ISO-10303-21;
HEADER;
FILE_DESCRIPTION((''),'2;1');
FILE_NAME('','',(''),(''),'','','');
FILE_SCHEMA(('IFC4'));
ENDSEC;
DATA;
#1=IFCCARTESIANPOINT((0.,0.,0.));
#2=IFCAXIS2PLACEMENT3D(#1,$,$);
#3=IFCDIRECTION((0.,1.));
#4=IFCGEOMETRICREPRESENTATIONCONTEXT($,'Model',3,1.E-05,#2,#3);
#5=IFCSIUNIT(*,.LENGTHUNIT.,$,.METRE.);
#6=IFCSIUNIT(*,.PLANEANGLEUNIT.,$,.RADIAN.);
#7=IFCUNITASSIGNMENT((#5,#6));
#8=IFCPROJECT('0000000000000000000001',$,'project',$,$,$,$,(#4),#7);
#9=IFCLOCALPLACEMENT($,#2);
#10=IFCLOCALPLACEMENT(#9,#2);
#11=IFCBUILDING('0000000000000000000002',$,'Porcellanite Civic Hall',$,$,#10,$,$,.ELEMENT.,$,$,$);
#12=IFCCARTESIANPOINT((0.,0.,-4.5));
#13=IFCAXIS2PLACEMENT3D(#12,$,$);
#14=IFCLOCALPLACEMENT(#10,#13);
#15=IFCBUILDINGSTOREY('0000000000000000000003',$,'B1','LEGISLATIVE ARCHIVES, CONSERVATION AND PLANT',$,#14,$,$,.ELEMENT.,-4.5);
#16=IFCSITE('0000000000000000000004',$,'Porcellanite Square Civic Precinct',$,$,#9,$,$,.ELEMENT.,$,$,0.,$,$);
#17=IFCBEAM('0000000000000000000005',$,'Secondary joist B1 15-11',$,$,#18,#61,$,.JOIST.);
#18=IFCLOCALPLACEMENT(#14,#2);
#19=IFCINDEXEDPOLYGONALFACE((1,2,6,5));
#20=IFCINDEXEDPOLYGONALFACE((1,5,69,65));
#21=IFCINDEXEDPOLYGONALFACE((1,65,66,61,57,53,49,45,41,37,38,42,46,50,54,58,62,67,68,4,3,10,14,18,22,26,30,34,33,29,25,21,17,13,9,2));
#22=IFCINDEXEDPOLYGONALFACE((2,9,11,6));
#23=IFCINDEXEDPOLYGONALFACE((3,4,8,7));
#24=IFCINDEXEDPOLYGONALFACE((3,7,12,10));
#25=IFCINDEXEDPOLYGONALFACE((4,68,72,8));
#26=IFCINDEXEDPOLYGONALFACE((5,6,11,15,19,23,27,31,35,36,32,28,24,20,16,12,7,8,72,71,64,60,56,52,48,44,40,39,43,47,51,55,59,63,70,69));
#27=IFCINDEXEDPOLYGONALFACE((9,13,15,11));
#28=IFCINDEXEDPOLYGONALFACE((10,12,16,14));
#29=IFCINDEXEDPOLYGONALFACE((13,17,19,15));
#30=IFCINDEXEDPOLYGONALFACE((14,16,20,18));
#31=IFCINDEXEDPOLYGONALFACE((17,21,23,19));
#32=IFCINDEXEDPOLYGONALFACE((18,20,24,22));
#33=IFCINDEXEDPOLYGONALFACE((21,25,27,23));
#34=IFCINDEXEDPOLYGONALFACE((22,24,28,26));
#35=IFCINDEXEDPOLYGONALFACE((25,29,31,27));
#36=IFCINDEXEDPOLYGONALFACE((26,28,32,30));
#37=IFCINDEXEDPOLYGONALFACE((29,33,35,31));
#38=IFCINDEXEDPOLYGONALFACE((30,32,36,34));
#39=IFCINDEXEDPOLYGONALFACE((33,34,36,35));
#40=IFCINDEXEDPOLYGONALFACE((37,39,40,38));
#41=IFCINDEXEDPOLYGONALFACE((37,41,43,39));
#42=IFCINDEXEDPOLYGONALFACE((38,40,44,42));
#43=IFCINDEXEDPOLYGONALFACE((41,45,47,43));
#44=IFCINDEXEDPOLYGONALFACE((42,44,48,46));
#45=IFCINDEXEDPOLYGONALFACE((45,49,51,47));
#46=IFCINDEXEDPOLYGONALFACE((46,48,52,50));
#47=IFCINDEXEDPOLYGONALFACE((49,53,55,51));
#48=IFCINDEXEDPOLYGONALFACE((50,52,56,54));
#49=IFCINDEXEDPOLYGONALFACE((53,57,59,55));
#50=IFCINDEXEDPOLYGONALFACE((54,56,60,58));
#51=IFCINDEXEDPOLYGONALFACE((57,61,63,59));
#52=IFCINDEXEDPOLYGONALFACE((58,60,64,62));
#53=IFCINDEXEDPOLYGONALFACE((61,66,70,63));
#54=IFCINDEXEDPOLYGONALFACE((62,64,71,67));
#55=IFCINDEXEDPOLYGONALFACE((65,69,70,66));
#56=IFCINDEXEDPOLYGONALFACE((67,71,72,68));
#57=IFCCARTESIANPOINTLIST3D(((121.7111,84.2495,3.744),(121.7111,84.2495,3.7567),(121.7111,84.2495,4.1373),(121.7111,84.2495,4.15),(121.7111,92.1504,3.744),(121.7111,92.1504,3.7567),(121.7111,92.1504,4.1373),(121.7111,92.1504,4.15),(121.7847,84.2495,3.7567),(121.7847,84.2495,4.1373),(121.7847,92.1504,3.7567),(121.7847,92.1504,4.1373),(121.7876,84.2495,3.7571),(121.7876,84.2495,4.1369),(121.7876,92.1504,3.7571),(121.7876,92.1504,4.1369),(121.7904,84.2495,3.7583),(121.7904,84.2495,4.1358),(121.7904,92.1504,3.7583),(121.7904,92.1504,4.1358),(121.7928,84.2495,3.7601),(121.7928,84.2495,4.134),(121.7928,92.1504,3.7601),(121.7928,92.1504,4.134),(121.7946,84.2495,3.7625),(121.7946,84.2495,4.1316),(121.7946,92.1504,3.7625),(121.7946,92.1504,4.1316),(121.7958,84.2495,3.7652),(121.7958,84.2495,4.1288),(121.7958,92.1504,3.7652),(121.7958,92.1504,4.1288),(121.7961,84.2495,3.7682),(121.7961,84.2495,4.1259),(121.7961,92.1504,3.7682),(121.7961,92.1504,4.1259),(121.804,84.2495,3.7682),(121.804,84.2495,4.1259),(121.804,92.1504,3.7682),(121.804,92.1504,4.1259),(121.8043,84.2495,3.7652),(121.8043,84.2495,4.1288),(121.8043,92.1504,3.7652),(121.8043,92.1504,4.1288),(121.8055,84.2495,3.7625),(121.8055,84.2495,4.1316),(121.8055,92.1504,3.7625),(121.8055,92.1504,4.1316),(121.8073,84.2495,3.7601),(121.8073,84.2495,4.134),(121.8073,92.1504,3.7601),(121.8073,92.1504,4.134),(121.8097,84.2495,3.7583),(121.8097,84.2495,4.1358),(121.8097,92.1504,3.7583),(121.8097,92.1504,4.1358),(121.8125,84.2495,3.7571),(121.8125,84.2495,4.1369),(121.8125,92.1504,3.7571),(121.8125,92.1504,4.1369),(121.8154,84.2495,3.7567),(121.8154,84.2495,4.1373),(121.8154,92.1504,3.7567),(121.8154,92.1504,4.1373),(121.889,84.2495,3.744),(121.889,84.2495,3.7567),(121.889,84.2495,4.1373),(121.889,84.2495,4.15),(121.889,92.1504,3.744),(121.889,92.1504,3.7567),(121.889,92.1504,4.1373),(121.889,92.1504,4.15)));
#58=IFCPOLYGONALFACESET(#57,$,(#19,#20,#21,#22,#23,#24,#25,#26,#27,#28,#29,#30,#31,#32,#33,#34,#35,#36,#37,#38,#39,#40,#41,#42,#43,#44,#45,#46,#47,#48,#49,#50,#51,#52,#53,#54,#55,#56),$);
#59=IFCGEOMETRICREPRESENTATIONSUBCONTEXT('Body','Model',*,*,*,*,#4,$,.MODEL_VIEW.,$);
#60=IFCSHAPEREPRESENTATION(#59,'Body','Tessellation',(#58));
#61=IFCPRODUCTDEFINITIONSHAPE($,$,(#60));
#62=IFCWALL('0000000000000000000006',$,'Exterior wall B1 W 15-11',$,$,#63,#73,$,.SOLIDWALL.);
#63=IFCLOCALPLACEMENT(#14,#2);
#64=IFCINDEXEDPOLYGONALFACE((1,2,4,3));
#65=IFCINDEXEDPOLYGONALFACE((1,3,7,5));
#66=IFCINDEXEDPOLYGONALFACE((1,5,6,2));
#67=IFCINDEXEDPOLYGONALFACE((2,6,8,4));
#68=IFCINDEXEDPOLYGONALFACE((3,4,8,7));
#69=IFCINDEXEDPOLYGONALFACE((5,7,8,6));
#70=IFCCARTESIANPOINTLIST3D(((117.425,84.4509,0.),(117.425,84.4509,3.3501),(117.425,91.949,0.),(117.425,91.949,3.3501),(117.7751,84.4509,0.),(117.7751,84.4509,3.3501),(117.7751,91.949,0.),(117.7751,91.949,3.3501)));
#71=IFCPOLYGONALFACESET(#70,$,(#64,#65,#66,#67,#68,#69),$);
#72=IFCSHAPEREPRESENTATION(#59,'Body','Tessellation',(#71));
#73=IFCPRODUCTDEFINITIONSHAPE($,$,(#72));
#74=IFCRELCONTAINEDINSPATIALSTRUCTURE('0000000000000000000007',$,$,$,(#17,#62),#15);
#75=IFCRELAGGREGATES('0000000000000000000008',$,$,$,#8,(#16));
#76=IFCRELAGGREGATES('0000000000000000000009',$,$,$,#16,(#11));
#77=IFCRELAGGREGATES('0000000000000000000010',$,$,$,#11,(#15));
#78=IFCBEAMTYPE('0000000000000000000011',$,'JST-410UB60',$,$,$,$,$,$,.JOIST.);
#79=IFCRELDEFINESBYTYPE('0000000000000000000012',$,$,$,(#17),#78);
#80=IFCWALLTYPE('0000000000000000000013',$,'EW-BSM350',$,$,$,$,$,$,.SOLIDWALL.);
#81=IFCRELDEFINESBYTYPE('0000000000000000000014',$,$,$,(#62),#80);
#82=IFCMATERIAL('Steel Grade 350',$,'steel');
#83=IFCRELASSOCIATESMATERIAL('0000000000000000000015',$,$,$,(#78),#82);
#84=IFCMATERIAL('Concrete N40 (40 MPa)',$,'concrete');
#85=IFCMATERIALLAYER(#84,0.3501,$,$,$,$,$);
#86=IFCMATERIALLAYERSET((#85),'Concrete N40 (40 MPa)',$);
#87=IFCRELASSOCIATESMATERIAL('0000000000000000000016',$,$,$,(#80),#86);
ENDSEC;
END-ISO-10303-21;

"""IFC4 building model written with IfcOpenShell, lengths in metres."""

from ifc_helpers import new_model, si_unit, direction, frame, frame_2d, origin, origin_2d, place, context, subcontext, project, spatial, rectangle, i_section, extrude, material, layer, layer_set, material_profile, profile_set, type_object, element, save


model = new_model("IFC4")

# Units and contexts
model_context = context("Model", 3, precision=1e-05, world=origin(), true_north=direction((0.0, 1.0)))
body_context = subcontext(model_context, "Body", "Model", "MODEL_VIEW")
ifc_project = project(units=[si_unit("LENGTHUNIT", "METRE"), si_unit("PLANEANGLEUNIT", "RADIAN")], contexts=[model_context])

# Site, building, storey
site_placement = place(None, origin())
site = spatial("IfcSite", under=ifc_project, at=site_placement, Name="Porcellanite Square Civic Precinct", CompositionType="ELEMENT", RefElevation=0.0)
building_placement = place(site_placement, origin())
building = spatial("IfcBuilding", under=site, at=building_placement, Name="Porcellanite Civic Hall", CompositionType="ELEMENT")
storey_placement = place(building_placement, frame((0.0, 0.0, -4.5)))
storey = spatial("IfcBuildingStorey", under=building, at=storey_placement, Name="B1", Description="LEGISLATIVE ARCHIVES, CONSERVATION AND PLANT", CompositionType="ELEMENT", Elevation=-4.5)

# Beam
ifc_material_1 = material(Name="Steel Grade 350", Category="steel")
ifc_material_profile_1 = material_profile(ifc_material_1, i_section(OverallWidth=0.178, OverallDepth=0.406, WebThickness=0.0078, FlangeThickness=0.0127, FilletRadius=0.0115, at=origin_2d()), Name="410UB59.7")
ifc_profile_set_1 = profile_set([ifc_material_profile_1], Name="Steel Grade 350")
beam_type_1 = type_object("IfcBeamType", Name="JST-410UB60", PredefinedType="JOIST", material=ifc_profile_set_1)
beam_1_placement = place(storey_placement, frame((121.8, 84.2495, 3.947), z_axis=(0.0, 1.0, 0.0), x_axis=(-1.0, 0.0, 0.0)))
element("IfcBeam", 1, at=beam_1_placement, inside=storey, type_object=beam_type_1, Name="Secondary joist B1 15-11", PredefinedType="JOIST", context=body_context, shape_type="SweptSolid", body=[
    extrude(i_section(OverallWidth=0.178, OverallDepth=0.406, WebThickness=0.0078, FlangeThickness=0.0127, FilletRadius=0.0115, at=origin_2d()), origin(), (0.0, 0.0, 1.0), 7.9009),
])

# Wall
ifc_material_2 = material(Name="Concrete N40 (40 MPa)", Category="concrete")
ifc_layer = layer(ifc_material_2, 0.3501)
ifc_layer_set = layer_set([ifc_layer], Name="Concrete N40 (40 MPa)")
wall_type = type_object("IfcWallType", Name="EW-BSM350", PredefinedType="SOLIDWALL", material=ifc_layer_set)
wall_placement = place(storey_placement, frame((117.6001, 84.4509, 0.0), z_axis=(0.0, 0.0, 1.0), x_axis=(0.0, 1.0, 0.0)))
element("IfcWall", 2, at=wall_placement, inside=storey, type_object=wall_type, Name="Exterior wall B1 W 15-11", PredefinedType="SOLIDWALL", context=body_context, shape_type="SweptSolid", body=[
    extrude(rectangle(XDim=7.498, YDim=0.3501, at=frame_2d((3.749, 0.0))), origin(), (0.0, 0.0, 1.0), 3.3501),
])

save(model, "model.ifc")
